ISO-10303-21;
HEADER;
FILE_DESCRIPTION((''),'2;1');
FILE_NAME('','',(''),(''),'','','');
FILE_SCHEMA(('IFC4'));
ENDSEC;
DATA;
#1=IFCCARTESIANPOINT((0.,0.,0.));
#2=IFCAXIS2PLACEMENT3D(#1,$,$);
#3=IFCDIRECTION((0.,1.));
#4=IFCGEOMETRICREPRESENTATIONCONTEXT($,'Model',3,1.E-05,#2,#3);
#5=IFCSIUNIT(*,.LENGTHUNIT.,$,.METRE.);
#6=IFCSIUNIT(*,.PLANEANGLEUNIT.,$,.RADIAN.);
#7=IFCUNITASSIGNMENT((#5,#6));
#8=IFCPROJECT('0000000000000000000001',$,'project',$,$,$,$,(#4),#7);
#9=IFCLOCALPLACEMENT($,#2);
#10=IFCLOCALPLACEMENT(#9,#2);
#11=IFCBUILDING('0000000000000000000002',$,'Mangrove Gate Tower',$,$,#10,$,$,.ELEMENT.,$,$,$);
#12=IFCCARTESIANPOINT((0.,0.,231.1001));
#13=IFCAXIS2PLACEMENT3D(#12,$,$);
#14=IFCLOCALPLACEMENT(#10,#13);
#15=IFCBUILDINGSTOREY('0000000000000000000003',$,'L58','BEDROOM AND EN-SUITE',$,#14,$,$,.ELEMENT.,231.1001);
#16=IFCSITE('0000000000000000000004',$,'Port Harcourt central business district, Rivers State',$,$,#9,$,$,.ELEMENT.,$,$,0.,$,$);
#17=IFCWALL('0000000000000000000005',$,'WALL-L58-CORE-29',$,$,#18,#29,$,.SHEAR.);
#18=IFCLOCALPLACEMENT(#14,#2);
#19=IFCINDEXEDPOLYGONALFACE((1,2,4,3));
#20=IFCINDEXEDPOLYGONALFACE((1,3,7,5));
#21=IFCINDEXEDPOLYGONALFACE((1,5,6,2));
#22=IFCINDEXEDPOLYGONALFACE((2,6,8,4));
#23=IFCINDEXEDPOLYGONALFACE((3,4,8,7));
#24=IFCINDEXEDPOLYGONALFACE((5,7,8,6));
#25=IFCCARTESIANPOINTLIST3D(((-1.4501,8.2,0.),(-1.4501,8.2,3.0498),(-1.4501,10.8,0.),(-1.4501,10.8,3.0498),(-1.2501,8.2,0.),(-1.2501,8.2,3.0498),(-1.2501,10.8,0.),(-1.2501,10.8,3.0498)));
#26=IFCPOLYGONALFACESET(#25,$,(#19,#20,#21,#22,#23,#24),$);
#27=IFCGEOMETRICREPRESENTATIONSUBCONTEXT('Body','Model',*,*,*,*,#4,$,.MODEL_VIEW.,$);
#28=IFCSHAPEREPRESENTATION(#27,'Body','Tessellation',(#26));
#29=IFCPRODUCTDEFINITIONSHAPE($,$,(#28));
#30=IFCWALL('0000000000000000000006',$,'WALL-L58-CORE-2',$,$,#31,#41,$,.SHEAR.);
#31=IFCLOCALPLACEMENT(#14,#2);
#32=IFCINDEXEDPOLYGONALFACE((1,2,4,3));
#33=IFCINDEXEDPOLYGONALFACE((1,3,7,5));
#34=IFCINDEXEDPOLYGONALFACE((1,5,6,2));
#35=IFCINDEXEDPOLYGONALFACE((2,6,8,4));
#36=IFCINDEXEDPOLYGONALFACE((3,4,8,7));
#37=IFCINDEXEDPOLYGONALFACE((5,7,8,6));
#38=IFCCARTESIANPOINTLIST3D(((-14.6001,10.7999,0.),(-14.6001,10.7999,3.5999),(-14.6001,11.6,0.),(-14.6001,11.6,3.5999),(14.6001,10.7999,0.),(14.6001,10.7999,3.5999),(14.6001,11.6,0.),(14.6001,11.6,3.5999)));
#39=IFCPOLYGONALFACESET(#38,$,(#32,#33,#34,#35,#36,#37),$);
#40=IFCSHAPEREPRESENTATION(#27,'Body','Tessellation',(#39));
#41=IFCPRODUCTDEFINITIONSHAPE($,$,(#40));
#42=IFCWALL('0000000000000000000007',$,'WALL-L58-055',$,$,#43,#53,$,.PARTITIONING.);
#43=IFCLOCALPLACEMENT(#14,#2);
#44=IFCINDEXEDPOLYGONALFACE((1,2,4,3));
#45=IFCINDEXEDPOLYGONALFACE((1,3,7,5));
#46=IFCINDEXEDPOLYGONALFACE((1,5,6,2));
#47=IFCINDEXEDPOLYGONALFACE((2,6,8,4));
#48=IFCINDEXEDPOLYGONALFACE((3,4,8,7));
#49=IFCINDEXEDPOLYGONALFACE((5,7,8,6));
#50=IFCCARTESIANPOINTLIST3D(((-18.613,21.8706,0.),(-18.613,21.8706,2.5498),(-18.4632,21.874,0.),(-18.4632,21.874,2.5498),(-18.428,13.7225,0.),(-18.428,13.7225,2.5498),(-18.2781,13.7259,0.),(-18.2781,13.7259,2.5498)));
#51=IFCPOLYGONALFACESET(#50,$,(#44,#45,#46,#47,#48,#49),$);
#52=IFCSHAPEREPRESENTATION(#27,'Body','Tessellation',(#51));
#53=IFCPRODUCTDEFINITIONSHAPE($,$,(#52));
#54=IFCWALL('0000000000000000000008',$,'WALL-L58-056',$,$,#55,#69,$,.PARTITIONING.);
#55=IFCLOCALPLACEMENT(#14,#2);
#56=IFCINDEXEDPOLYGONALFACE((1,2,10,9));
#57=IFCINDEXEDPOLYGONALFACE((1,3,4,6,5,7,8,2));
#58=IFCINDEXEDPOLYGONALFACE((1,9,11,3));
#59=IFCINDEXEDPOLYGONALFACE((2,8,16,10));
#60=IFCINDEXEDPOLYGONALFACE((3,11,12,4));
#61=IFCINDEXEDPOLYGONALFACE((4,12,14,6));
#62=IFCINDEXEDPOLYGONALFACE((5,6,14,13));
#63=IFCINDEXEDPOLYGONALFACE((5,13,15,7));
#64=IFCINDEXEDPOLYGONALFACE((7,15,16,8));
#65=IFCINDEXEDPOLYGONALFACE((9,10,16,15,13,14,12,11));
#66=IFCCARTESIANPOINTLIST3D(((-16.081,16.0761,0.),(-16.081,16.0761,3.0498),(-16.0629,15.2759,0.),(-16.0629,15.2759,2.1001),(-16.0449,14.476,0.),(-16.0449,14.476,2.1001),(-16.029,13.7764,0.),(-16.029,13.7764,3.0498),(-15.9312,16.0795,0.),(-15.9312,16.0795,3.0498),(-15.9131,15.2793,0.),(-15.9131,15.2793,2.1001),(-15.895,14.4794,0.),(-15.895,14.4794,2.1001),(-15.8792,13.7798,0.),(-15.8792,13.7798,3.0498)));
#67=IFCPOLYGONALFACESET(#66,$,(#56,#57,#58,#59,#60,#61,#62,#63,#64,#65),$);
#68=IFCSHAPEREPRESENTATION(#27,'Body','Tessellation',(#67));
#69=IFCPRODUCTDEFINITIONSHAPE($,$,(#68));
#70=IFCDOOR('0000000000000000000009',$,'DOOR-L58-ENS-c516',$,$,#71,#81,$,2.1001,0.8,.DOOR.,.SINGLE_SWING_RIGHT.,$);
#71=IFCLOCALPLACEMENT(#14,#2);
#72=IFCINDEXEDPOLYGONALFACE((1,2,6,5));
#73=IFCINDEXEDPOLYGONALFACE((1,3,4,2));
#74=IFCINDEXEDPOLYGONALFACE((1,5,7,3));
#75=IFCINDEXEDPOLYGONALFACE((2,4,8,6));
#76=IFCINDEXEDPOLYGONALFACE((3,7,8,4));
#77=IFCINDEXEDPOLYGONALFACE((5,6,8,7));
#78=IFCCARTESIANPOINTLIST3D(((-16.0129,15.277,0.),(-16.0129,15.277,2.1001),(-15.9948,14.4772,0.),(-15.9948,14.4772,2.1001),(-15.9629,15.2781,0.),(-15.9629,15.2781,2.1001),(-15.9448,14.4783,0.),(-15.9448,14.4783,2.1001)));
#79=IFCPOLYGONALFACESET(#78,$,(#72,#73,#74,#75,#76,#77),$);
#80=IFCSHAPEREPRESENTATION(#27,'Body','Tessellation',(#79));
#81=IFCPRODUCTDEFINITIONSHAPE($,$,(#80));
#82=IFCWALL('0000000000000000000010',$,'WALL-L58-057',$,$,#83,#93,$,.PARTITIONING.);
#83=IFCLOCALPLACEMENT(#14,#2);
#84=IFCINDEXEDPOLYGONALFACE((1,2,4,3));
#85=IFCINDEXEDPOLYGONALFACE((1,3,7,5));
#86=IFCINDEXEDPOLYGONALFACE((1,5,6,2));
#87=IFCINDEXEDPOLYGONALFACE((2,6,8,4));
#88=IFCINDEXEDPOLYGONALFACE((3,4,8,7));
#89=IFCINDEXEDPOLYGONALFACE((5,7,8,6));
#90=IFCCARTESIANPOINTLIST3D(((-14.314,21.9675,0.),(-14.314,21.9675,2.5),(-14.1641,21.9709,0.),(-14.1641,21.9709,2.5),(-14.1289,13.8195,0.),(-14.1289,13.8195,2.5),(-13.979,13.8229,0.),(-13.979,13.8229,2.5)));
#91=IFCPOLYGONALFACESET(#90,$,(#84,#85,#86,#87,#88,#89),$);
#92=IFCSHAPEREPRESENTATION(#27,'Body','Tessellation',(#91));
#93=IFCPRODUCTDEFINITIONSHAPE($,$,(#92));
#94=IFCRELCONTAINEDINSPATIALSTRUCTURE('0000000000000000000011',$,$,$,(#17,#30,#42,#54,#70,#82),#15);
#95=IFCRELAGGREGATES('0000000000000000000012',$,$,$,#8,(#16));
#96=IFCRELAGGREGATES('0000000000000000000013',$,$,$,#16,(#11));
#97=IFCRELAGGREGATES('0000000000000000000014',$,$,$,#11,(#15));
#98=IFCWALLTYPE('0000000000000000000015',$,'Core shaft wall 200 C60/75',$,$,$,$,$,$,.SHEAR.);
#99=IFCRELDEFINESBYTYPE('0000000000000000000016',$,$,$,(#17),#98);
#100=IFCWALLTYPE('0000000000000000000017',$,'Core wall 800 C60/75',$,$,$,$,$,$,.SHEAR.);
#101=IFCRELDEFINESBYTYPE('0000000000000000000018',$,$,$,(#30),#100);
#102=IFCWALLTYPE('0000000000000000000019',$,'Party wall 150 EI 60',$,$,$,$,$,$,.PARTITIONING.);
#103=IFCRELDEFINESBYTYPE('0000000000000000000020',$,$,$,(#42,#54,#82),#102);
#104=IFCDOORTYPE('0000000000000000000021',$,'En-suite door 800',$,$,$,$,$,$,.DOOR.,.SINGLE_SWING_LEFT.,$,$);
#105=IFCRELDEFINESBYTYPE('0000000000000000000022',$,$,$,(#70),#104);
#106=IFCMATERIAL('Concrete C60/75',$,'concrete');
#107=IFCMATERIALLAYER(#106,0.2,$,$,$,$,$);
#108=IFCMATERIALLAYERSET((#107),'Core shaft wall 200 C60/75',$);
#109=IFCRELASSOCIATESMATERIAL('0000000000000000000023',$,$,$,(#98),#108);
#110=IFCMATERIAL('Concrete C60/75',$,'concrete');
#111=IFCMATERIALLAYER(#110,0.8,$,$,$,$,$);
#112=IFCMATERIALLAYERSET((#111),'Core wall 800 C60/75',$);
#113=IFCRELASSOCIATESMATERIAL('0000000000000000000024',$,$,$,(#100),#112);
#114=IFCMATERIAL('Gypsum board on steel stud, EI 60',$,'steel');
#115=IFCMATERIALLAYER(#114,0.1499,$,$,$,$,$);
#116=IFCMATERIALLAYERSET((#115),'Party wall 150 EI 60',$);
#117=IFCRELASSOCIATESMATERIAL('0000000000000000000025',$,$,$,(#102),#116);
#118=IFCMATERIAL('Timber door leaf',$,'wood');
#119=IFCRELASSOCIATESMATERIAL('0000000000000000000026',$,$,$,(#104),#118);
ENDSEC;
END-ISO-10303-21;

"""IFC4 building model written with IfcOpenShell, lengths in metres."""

from ifc_helpers import new_model, si_unit, direction, frame, frame_2d, origin, place, context, subcontext, project, spatial, rectangle, extrude, material, layer, layer_set, type_object, element, fill, save


model = new_model("IFC4")

# Units and contexts
model_context = context("Model", 3, precision=1e-05, world=origin(), true_north=direction((0.0, 1.0)))
body_context = subcontext(model_context, "Body", "Model", "MODEL_VIEW")
ifc_project = project(units=[si_unit("LENGTHUNIT", "METRE"), si_unit("PLANEANGLEUNIT", "RADIAN")], contexts=[model_context])

# Site, building, storey
site_placement = place(None, origin())
site = spatial("IfcSite", under=ifc_project, at=site_placement, Name="Port Harcourt central business district, Rivers State", CompositionType="ELEMENT", RefElevation=0.0)
building_placement = place(site_placement, origin())
building = spatial("IfcBuilding", under=site, at=building_placement, Name="Mangrove Gate Tower", CompositionType="ELEMENT")
storey_placement = place(building_placement, frame((0.0, 0.0, 231.1001)))
storey = spatial("IfcBuildingStorey", under=building, at=storey_placement, Name="L58", Description="BEDROOM AND EN-SUITE", CompositionType="ELEMENT", Elevation=231.1001)

# Shared definitions
ifc_material_1 = material(Name="Concrete C60/75", Category="concrete")
ifc_layer_1 = layer(ifc_material_1, 0.2)
ifc_layer_set_1 = layer_set([ifc_layer_1], Name="Core shaft wall 200 C60/75")
wall_type_1 = type_object("IfcWallType", Name="Core shaft wall 200 C60/75", PredefinedType="SHEAR", material=ifc_layer_set_1)

# Walls
for number, where, z_axis, x_axis, name in (
    (1, (-1.3501, 8.2, 0.0), (0.0, 0.0, 1.0), (0.0, 1.0, 0.0), "WALL-L58-CORE-29"),
):
    element("IfcWall", number, at=place(storey_placement, frame(where, z_axis=z_axis, x_axis=x_axis)), inside=storey, type_object=wall_type_1, Name=name, PredefinedType="SHEAR", context=body_context, shape_type="SweptSolid", body=[
        extrude(rectangle(XDim=2.6001, YDim=0.2, at=frame_2d((1.3, 0.0))), origin(), (0.0, 0.0, 1.0), 3.0498),
    ])
ifc_material_2 = material(Name="Concrete C60/75", Category="concrete")
ifc_layer_2 = layer(ifc_material_2, 0.8)
ifc_layer_set_2 = layer_set([ifc_layer_2], Name="Core wall 800 C60/75")
wall_type_2 = type_object("IfcWallType", Name="Core wall 800 C60/75", PredefinedType="SHEAR", material=ifc_layer_set_2)
wall_1_placement = place(storey_placement, frame((-14.6001, 11.2, 0.0), z_axis=(0.0, 0.0, 1.0), x_axis=(1.0, 0.0, 0.0)))
element("IfcWall", 2, at=wall_1_placement, inside=storey, type_object=wall_type_2, Name="WALL-L58-CORE-2", PredefinedType="SHEAR", context=body_context, shape_type="SweptSolid", body=[
    extrude(rectangle(XDim=29.2002, YDim=0.8, at=frame_2d((14.6001, 0.0))), origin(), (0.0, 0.0, 1.0), 3.5999),
])
ifc_material_3 = material(Name="Gypsum board on steel stud, EI 60", Category="steel")
ifc_layer_3 = layer(ifc_material_3, 0.1499)
ifc_layer_set_3 = layer_set([ifc_layer_3], Name="Party wall 150 EI 60")
wall_type_3 = type_object("IfcWallType", Name="Party wall 150 EI 60", PredefinedType="PARTITIONING", material=ifc_layer_set_3)
wall_2_placement = place(storey_placement, frame((-18.353, 13.7241, 0.0), z_axis=(0.0, 0.0, 1.0), x_axis=(-0.022706, 0.999742, 0.0)))
element("IfcWall", 3, at=wall_2_placement, inside=storey, type_object=wall_type_3, Name="WALL-L58-055", PredefinedType="PARTITIONING", context=body_context, shape_type="SweptSolid", body=[
    extrude(rectangle(XDim=8.1501, YDim=0.1499, at=frame_2d((4.0752, 0.0))), origin(), (0.0, 0.0, 1.0), 2.5498),
])

# Wall, opening, door
wall_3_placement = place(storey_placement, frame((-15.9541, 13.7781, 0.0), z_axis=(0.0, 0.0, 1.0), x_axis=(-0.022606, 0.999744, 0.0)))
wall_3 = element("IfcWall", 4, at=wall_3_placement, inside=storey, type_object=wall_type_3, Name="WALL-L58-056", PredefinedType="PARTITIONING", context=body_context, shape_type="SweptSolid", body=[
    extrude(rectangle(XDim=2.3003, YDim=0.1499, at=frame_2d((1.1501, 0.0))), origin(), (0.0, 0.0, 1.0), 3.0498),
])
opening_1_placement = place(wall_3_placement, frame((0.7, 0.0, 0.0)))
opening_1 = element("IfcOpeningElement", 5, at=opening_1_placement, cuts=wall_3, PredefinedType="OPENING", context=body_context, shape_type="SweptSolid", body=[
    extrude(rectangle(XDim=0.8, YDim=2.1001, at=frame_2d((0.3999, 1.05))), frame((0.0, 0.085, 0.0), z_axis=(0.0, -1.0, 0.0), x_axis=(1.0, 0.0, 0.0)), (0.0, 0.0, 1.0), 0.1699),
])
ifc_material_4 = material(Name="Timber door leaf", Category="wood")
door_type_1 = type_object("IfcDoorType", Name="En-suite door 800", OperationType="SINGLE_SWING_LEFT", PredefinedType="DOOR", material=ifc_material_4)
door_1_placement = place(opening_1_placement, origin())
door_1 = element("IfcDoor", 6, at=door_1_placement, inside=storey, type_object=door_type_1, Name="DOOR-L58-ENS-c516", OperationType="SINGLE_SWING_RIGHT", OverallHeight=2.1001, OverallWidth=0.8, PredefinedType="DOOR", context=body_context, shape_type="SweptSolid", body=[
    extrude(rectangle(XDim=0.8, YDim=2.1001, at=frame_2d((0.3999, 1.05))), frame((0.0, 0.0249, 0.0), z_axis=(0.0, -1.0, 0.0), x_axis=(1.0, 0.0, 0.0)), (0.0, 0.0, 1.0), 0.05),
])
fill(opening_1, door_1)

# Wall
wall_4_placement = place(storey_placement, frame((-14.054, 13.821, 0.0), z_axis=(0.0, 0.0, 1.0), x_axis=(-0.022706, 0.999742, 0.0)))
element("IfcWall", 7, at=wall_4_placement, inside=storey, type_object=wall_type_3, Name="WALL-L58-057", PredefinedType="PARTITIONING", context=body_context, shape_type="SweptSolid", body=[
    extrude(rectangle(XDim=8.1501, YDim=0.1499, at=frame_2d((4.0752, 0.0))), origin(), (0.0, 0.0, 1.0), 2.5),
])

save(model, "model.ifc")
